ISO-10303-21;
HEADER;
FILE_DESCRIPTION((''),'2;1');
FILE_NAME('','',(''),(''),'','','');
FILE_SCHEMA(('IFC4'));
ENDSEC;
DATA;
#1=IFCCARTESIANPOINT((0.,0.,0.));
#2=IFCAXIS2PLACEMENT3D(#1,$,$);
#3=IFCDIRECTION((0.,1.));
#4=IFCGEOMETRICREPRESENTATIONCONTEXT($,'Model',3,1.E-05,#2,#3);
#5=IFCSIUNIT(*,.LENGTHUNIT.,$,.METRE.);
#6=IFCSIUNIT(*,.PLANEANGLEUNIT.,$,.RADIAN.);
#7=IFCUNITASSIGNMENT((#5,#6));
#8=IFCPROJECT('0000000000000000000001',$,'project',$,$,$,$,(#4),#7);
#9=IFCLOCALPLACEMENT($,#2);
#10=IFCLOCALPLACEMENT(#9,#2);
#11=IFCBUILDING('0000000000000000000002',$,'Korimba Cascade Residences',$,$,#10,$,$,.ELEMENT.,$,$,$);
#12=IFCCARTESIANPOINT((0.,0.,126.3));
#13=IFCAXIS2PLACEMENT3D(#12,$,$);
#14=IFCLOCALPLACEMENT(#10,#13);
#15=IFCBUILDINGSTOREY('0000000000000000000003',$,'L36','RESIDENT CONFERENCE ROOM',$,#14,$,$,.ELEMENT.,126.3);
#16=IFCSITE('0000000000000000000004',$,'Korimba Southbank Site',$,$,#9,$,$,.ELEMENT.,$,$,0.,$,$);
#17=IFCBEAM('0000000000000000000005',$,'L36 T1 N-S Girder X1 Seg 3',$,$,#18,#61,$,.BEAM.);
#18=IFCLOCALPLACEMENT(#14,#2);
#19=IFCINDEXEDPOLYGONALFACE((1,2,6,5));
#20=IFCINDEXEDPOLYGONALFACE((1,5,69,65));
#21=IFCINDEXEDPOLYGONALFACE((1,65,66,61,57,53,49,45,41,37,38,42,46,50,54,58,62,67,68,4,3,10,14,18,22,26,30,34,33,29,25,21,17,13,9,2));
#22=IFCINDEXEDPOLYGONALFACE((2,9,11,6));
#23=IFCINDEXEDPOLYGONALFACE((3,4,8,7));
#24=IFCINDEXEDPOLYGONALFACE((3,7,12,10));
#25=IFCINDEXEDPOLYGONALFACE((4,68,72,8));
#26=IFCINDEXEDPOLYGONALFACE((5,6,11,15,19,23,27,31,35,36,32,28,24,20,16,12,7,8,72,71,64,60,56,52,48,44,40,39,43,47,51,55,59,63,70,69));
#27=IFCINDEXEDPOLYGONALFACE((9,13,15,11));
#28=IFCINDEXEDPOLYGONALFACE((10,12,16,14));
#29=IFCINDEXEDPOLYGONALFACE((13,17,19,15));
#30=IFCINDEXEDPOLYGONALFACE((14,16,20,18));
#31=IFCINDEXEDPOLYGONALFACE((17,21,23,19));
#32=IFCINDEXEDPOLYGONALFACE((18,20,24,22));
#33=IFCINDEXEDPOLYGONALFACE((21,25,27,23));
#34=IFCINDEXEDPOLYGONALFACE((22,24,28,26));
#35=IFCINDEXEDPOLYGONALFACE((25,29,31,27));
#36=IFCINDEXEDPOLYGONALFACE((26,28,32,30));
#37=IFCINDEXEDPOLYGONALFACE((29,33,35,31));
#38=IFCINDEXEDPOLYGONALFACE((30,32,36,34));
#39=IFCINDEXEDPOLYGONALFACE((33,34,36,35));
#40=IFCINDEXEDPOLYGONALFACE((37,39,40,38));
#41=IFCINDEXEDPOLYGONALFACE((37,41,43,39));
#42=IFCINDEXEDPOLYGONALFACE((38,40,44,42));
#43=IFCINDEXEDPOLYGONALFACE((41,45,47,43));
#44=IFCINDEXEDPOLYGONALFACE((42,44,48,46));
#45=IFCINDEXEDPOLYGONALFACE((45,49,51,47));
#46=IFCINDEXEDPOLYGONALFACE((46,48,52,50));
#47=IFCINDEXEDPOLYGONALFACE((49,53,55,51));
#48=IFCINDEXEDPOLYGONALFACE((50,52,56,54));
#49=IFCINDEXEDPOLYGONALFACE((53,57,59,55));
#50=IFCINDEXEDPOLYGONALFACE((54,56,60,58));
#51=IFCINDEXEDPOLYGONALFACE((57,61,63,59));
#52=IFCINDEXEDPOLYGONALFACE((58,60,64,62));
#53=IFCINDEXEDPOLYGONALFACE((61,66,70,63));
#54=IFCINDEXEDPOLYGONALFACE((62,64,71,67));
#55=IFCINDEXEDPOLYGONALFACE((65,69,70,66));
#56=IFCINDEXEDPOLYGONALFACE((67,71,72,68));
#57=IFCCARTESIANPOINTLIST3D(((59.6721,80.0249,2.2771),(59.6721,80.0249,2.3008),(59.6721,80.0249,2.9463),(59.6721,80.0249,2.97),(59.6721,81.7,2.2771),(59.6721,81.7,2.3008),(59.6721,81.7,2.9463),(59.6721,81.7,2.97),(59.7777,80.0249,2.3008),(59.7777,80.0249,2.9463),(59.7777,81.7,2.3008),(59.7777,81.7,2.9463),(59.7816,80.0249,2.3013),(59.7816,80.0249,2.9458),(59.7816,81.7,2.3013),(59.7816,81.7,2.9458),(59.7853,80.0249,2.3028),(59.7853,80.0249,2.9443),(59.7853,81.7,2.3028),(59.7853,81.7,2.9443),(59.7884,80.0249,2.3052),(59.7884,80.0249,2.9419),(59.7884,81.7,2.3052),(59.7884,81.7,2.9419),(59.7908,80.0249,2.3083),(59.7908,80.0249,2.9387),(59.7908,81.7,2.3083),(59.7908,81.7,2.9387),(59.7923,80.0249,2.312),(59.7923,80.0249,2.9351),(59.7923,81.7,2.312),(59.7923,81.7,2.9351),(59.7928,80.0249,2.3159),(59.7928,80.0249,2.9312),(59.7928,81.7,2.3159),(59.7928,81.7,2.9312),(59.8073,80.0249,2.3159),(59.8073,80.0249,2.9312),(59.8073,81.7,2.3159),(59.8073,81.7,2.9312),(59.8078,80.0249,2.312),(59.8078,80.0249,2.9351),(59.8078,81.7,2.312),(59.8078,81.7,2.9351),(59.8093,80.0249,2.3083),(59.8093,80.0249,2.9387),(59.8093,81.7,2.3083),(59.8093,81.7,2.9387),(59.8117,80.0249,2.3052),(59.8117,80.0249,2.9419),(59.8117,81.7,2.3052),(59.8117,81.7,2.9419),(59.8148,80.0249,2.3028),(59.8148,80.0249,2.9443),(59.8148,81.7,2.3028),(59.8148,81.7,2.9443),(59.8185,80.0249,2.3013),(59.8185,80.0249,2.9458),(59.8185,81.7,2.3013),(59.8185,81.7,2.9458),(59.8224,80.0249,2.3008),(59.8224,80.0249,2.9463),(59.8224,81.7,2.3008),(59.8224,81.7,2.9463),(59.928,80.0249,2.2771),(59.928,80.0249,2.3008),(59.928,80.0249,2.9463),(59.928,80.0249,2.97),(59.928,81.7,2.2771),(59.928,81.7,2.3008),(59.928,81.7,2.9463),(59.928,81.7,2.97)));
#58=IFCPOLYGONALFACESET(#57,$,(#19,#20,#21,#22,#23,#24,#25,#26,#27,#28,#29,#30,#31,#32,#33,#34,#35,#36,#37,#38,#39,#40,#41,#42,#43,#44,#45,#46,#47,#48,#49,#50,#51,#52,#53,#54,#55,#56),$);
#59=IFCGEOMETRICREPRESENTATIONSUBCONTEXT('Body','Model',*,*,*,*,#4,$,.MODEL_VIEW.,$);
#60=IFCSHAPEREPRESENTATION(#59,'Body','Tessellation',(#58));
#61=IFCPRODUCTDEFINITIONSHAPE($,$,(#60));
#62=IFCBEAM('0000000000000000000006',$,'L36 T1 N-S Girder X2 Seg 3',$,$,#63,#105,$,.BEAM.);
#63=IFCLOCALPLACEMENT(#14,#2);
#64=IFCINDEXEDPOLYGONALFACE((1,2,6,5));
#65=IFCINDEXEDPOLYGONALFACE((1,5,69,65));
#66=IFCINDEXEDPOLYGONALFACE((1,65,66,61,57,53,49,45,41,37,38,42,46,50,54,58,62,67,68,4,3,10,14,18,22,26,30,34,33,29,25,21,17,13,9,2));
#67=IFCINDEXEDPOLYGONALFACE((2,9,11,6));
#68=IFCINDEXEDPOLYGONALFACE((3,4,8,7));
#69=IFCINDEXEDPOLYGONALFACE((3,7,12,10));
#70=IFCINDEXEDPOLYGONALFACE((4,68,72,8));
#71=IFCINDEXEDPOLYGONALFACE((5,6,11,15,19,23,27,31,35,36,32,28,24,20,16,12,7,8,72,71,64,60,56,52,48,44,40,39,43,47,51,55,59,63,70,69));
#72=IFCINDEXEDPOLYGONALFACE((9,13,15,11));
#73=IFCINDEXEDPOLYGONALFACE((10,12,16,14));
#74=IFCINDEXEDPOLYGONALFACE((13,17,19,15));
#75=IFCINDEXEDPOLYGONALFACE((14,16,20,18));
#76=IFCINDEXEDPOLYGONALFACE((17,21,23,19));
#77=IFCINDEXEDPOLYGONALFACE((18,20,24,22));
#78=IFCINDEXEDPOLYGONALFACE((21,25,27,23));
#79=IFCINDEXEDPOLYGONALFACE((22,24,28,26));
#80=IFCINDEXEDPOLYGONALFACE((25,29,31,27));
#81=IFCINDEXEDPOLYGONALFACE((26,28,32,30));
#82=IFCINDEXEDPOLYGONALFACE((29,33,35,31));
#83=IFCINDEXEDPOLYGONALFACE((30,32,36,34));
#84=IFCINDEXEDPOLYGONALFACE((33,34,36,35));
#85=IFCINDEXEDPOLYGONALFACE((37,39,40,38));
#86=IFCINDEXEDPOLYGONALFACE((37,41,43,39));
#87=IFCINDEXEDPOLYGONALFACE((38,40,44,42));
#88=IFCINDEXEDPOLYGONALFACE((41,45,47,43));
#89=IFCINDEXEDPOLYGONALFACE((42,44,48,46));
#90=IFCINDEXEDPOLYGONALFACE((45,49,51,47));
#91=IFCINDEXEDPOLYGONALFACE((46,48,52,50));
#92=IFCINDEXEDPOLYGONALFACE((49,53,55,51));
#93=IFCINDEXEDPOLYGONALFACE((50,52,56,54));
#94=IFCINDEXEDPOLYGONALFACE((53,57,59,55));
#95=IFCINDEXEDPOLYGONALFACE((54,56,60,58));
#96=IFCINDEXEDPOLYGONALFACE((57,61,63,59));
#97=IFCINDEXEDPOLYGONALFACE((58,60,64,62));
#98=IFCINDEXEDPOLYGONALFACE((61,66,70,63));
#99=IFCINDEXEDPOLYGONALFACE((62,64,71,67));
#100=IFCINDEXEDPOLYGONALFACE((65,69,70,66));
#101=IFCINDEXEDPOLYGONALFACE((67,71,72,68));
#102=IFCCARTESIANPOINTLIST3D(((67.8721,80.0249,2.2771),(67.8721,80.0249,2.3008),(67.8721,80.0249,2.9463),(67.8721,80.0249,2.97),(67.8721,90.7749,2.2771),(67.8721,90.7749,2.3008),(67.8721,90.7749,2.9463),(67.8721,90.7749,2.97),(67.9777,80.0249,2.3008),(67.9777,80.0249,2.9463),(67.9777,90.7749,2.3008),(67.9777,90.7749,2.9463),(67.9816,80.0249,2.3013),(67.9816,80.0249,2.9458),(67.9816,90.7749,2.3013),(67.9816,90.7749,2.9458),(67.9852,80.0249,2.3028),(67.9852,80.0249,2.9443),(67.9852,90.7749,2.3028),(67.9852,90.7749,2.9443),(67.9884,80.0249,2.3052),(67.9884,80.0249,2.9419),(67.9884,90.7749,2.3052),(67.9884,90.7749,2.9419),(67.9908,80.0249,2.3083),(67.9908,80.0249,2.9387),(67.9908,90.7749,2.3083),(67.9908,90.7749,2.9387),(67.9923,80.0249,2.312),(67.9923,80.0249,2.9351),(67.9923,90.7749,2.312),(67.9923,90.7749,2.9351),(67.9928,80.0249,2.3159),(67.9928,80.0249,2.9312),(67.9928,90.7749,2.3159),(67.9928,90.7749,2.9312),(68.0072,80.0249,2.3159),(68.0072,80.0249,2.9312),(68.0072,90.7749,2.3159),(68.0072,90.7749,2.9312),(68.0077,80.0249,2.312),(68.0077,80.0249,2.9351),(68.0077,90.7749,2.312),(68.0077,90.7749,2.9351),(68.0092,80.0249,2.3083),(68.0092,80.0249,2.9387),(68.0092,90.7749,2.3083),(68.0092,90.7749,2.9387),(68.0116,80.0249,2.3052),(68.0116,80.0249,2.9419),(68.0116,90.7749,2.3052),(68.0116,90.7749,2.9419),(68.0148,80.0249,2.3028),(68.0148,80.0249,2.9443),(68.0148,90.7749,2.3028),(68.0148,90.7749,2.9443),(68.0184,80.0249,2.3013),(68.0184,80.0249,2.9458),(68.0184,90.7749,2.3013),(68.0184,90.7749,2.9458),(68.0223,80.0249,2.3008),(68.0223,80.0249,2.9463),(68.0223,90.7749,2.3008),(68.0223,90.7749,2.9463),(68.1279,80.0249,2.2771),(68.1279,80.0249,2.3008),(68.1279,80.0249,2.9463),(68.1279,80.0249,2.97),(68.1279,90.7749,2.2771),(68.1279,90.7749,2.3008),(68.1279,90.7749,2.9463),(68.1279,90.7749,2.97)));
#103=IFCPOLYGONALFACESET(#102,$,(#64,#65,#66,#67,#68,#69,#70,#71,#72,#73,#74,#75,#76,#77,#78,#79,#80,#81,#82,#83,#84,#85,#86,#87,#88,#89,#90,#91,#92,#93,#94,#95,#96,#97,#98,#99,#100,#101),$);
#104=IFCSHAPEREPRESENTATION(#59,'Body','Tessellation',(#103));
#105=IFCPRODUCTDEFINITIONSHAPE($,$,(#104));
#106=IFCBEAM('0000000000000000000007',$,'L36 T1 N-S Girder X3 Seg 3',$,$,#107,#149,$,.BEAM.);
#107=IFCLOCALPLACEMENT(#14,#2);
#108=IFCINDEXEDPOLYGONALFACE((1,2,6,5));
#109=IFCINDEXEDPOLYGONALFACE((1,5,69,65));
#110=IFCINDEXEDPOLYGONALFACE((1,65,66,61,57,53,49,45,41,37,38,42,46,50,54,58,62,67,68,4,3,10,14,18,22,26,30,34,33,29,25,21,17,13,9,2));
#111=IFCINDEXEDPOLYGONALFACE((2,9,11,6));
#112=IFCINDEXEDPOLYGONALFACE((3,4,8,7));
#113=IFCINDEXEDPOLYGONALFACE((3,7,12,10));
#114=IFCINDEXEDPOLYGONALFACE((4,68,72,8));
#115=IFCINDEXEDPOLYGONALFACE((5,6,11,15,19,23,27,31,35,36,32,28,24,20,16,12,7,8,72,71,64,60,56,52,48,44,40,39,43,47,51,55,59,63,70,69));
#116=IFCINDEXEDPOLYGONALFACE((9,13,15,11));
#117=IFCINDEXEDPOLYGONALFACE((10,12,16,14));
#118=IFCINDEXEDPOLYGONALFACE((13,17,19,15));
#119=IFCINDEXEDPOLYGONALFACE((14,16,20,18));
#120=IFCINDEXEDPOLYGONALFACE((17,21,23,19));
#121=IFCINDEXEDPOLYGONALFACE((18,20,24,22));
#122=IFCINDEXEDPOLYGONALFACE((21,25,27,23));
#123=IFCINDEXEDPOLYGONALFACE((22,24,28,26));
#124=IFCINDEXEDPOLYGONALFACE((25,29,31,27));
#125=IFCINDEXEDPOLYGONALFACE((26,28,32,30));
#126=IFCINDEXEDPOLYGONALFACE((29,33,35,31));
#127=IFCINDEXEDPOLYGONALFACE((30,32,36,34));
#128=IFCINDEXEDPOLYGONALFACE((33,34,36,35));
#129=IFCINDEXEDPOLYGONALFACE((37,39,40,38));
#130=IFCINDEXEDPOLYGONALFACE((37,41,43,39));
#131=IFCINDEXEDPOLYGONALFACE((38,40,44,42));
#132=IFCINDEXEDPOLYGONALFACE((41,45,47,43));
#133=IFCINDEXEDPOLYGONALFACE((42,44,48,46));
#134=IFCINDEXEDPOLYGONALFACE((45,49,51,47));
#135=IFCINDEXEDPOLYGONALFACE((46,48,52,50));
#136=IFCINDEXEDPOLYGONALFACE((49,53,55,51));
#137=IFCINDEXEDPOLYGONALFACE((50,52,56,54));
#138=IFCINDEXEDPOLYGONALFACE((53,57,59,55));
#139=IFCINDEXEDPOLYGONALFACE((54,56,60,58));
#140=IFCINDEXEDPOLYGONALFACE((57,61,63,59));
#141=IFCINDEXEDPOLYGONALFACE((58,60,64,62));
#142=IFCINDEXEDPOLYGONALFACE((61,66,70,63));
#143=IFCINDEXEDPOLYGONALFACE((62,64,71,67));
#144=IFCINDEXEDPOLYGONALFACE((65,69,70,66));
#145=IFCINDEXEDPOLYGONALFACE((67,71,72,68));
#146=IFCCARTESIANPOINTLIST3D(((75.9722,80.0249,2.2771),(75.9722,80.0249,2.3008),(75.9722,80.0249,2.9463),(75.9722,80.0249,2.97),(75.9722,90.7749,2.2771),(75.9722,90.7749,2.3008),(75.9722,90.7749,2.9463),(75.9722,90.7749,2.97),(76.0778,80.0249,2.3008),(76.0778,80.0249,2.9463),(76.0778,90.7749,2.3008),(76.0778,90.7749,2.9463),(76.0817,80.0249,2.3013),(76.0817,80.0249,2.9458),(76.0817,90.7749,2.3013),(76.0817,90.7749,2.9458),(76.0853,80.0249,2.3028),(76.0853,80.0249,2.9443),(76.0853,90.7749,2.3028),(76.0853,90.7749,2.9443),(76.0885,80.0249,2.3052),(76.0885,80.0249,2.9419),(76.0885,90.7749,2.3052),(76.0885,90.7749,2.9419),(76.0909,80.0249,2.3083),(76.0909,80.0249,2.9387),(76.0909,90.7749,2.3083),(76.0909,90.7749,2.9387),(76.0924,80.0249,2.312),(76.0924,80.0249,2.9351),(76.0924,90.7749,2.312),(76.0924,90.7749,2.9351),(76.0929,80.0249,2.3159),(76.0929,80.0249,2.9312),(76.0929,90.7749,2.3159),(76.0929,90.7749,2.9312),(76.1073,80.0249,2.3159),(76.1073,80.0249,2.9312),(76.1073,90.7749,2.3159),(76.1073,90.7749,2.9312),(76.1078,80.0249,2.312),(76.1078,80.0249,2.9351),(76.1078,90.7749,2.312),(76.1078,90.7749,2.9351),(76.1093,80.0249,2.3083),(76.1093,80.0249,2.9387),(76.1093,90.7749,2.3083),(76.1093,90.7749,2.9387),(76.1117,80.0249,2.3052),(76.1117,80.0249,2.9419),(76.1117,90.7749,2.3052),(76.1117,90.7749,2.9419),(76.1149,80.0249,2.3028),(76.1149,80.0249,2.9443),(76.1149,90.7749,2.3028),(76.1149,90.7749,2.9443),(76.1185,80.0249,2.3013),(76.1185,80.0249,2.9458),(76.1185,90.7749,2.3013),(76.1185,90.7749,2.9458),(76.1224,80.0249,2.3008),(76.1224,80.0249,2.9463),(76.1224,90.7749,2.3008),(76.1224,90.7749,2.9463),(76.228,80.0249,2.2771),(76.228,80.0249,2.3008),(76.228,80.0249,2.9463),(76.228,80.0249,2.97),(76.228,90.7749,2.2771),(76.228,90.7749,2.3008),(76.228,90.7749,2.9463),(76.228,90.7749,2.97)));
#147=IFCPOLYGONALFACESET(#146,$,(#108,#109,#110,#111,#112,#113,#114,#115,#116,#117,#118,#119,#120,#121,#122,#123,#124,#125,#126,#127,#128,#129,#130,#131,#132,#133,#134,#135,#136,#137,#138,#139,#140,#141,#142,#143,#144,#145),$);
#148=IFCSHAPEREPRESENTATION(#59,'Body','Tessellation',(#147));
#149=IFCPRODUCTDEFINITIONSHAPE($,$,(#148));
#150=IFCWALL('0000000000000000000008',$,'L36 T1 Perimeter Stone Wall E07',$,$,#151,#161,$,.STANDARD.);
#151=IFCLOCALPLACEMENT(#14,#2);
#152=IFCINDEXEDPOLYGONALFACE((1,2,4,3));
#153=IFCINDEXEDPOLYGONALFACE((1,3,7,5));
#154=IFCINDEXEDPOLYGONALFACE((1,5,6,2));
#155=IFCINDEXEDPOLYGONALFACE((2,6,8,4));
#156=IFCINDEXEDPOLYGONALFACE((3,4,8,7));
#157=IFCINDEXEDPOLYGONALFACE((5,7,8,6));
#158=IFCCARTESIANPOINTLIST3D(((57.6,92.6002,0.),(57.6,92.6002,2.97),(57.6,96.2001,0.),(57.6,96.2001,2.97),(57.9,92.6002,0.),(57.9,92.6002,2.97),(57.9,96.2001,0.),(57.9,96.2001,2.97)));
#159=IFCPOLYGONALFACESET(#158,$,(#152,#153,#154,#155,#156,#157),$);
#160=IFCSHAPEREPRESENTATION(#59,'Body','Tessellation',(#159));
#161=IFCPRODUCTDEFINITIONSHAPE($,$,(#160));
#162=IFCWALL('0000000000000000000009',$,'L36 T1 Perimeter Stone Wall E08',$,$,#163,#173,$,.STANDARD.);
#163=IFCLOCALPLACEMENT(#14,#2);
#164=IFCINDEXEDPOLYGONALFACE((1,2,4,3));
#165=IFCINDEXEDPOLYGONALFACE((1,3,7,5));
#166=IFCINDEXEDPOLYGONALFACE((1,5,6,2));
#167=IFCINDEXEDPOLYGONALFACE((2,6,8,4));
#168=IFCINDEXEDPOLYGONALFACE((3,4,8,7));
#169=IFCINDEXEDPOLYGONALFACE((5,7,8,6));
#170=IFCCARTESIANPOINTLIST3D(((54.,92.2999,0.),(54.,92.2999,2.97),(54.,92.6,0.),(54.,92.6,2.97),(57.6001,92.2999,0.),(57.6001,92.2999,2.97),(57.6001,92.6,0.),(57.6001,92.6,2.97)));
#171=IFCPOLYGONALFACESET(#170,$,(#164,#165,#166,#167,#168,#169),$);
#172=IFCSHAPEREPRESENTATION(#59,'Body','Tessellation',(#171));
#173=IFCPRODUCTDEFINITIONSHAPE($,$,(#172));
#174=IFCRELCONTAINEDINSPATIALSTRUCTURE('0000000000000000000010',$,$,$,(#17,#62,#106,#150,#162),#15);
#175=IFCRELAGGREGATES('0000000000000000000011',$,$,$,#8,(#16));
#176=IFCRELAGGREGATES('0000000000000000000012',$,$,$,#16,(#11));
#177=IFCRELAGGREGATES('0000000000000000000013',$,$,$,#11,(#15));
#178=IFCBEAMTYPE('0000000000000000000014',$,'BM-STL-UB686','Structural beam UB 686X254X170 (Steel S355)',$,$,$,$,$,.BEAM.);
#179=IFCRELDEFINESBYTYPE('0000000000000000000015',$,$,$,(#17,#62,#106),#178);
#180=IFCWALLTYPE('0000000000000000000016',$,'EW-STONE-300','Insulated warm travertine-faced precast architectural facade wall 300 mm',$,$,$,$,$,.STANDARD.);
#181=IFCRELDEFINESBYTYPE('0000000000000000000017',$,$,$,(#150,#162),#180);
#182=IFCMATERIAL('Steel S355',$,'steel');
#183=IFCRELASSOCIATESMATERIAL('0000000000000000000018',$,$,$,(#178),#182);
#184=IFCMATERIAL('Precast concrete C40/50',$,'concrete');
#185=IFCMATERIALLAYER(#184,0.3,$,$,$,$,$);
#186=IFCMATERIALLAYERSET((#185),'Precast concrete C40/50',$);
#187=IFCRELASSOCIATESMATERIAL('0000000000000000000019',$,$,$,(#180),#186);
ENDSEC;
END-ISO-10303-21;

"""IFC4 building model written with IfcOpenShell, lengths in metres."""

from ifc_helpers import new_model, si_unit, direction, frame, frame_2d, origin, origin_2d, place, context, subcontext, project, spatial, rectangle, i_section, extrude, material, layer, layer_set, material_profile, profile_set, type_object, element, save


model = new_model("IFC4")

# Units and contexts
model_context = context("Model", 3, precision=1e-05, world=origin(), true_north=direction((0.0, 1.0)))
body_context = subcontext(model_context, "Body", "Model", "MODEL_VIEW")
ifc_project = project(units=[si_unit("LENGTHUNIT", "METRE"), si_unit("PLANEANGLEUNIT", "RADIAN")], contexts=[model_context])

# Site, building, storey
site_placement = place(None, origin())
site = spatial("IfcSite", under=ifc_project, at=site_placement, Name="Korimba Southbank Site", CompositionType="ELEMENT", RefElevation=0.0)
building_placement = place(site_placement, origin())
building = spatial("IfcBuilding", under=site, at=building_placement, Name="Korimba Cascade Residences", CompositionType="ELEMENT")
storey_placement = place(building_placement, frame((0.0, 0.0, 126.3)))
storey = spatial("IfcBuildingStorey", under=building, at=storey_placement, Name="L36", Description="RESIDENT CONFERENCE ROOM", CompositionType="ELEMENT", Elevation=126.3)

# Beams
ifc_material_1 = material(Name="Steel S355", Category="steel")
ifc_material_profile_1 = material_profile(ifc_material_1, i_section(OverallWidth=0.2559, OverallDepth=0.6929, WebThickness=0.0144, FlangeThickness=0.0237, FilletRadius=0.0151, at=origin_2d()), Name="Steel S355")
ifc_profile_set_1 = profile_set([ifc_material_profile_1], Name="Steel S355")
beam_type_1 = type_object("IfcBeamType", Name="BM-STL-UB686", Description="Structural beam UB 686X254X170 (Steel S355)", PredefinedType="BEAM", material=ifc_profile_set_1)
beam_1_placement = place(storey_placement, frame((59.8, 80.0249, 2.6235), z_axis=(0.0, 1.0, 0.0), x_axis=(-1.0, 0.0, 0.0)))
element("IfcBeam", 1, at=beam_1_placement, inside=storey, type_object=beam_type_1, Name="L36 T1 N-S Girder X1 Seg 3", PredefinedType="BEAM", context=body_context, shape_type="SweptSolid", body=[
    extrude(i_section(OverallWidth=0.2559, OverallDepth=0.6929, WebThickness=0.0144, FlangeThickness=0.0237, FilletRadius=0.0151, at=origin_2d()), origin(), (0.0, 0.0, 1.0), 1.675),
])
for number, where, z_axis, x_axis, name in (
    (2, (68.0, 80.0249, 2.6235), (0.0, 1.0, 0.0), (-1.0, 0.0, 0.0), "L36 T1 N-S Girder X2 Seg 3"),
    (3, (76.1001, 80.0249, 2.6235), (0.0, 1.0, 0.0), (-1.0, 0.0, 0.0), "L36 T1 N-S Girder X3 Seg 3"),
):
    element("IfcBeam", number, at=place(storey_placement, frame(where, z_axis=z_axis, x_axis=x_axis)), inside=storey, type_object=beam_type_1, Name=name, PredefinedType="BEAM", context=body_context, shape_type="SweptSolid", body=[
        extrude(i_section(OverallWidth=0.2559, OverallDepth=0.6929, WebThickness=0.0144, FlangeThickness=0.0237, FilletRadius=0.0151, at=origin_2d()), origin(), (0.0, 0.0, 1.0), 10.75),
    ])

# Walls
ifc_material_2 = material(Name="Precast concrete C40/50", Category="concrete")
ifc_layer_1 = layer(ifc_material_2, 0.3)
ifc_layer_set_1 = layer_set([ifc_layer_1], Name="Precast concrete C40/50")
wall_type_1 = type_object("IfcWallType", Name="EW-STONE-300", Description="Insulated warm travertine-faced precast architectural facade wall 300 mm", PredefinedType="STANDARD", material=ifc_layer_set_1)
wall_1_placement = place(storey_placement, frame((57.75, 96.2, 0.0), z_axis=(0.0, 0.0, 1.0), x_axis=(0.0, -1.0, 0.0)))
element("IfcWall", 4, at=wall_1_placement, inside=storey, type_object=wall_type_1, Name="L36 T1 Perimeter Stone Wall E07", PredefinedType="STANDARD", context=body_context, shape_type="SweptSolid", body=[
    extrude(rectangle(XDim=3.5999, YDim=0.3, at=frame_2d((1.7998, 0.0))), origin(), (0.0, 0.0, 1.0), 2.97),
])
wall_2_placement = place(storey_placement, frame((57.6001, 92.45, 0.0), z_axis=(0.0, 0.0, 1.0), x_axis=(-1.0, 0.0, 0.0)))
element("IfcWall", 5, at=wall_2_placement, inside=storey, type_object=wall_type_1, Name="L36 T1 Perimeter Stone Wall E08", PredefinedType="STANDARD", context=body_context, shape_type="SweptSolid", body=[
    extrude(rectangle(XDim=3.6001, YDim=0.3, at=frame_2d((1.8, 0.0))), origin(), (0.0, 0.0, 1.0), 2.97),
])

save(model, "model.ifc")
